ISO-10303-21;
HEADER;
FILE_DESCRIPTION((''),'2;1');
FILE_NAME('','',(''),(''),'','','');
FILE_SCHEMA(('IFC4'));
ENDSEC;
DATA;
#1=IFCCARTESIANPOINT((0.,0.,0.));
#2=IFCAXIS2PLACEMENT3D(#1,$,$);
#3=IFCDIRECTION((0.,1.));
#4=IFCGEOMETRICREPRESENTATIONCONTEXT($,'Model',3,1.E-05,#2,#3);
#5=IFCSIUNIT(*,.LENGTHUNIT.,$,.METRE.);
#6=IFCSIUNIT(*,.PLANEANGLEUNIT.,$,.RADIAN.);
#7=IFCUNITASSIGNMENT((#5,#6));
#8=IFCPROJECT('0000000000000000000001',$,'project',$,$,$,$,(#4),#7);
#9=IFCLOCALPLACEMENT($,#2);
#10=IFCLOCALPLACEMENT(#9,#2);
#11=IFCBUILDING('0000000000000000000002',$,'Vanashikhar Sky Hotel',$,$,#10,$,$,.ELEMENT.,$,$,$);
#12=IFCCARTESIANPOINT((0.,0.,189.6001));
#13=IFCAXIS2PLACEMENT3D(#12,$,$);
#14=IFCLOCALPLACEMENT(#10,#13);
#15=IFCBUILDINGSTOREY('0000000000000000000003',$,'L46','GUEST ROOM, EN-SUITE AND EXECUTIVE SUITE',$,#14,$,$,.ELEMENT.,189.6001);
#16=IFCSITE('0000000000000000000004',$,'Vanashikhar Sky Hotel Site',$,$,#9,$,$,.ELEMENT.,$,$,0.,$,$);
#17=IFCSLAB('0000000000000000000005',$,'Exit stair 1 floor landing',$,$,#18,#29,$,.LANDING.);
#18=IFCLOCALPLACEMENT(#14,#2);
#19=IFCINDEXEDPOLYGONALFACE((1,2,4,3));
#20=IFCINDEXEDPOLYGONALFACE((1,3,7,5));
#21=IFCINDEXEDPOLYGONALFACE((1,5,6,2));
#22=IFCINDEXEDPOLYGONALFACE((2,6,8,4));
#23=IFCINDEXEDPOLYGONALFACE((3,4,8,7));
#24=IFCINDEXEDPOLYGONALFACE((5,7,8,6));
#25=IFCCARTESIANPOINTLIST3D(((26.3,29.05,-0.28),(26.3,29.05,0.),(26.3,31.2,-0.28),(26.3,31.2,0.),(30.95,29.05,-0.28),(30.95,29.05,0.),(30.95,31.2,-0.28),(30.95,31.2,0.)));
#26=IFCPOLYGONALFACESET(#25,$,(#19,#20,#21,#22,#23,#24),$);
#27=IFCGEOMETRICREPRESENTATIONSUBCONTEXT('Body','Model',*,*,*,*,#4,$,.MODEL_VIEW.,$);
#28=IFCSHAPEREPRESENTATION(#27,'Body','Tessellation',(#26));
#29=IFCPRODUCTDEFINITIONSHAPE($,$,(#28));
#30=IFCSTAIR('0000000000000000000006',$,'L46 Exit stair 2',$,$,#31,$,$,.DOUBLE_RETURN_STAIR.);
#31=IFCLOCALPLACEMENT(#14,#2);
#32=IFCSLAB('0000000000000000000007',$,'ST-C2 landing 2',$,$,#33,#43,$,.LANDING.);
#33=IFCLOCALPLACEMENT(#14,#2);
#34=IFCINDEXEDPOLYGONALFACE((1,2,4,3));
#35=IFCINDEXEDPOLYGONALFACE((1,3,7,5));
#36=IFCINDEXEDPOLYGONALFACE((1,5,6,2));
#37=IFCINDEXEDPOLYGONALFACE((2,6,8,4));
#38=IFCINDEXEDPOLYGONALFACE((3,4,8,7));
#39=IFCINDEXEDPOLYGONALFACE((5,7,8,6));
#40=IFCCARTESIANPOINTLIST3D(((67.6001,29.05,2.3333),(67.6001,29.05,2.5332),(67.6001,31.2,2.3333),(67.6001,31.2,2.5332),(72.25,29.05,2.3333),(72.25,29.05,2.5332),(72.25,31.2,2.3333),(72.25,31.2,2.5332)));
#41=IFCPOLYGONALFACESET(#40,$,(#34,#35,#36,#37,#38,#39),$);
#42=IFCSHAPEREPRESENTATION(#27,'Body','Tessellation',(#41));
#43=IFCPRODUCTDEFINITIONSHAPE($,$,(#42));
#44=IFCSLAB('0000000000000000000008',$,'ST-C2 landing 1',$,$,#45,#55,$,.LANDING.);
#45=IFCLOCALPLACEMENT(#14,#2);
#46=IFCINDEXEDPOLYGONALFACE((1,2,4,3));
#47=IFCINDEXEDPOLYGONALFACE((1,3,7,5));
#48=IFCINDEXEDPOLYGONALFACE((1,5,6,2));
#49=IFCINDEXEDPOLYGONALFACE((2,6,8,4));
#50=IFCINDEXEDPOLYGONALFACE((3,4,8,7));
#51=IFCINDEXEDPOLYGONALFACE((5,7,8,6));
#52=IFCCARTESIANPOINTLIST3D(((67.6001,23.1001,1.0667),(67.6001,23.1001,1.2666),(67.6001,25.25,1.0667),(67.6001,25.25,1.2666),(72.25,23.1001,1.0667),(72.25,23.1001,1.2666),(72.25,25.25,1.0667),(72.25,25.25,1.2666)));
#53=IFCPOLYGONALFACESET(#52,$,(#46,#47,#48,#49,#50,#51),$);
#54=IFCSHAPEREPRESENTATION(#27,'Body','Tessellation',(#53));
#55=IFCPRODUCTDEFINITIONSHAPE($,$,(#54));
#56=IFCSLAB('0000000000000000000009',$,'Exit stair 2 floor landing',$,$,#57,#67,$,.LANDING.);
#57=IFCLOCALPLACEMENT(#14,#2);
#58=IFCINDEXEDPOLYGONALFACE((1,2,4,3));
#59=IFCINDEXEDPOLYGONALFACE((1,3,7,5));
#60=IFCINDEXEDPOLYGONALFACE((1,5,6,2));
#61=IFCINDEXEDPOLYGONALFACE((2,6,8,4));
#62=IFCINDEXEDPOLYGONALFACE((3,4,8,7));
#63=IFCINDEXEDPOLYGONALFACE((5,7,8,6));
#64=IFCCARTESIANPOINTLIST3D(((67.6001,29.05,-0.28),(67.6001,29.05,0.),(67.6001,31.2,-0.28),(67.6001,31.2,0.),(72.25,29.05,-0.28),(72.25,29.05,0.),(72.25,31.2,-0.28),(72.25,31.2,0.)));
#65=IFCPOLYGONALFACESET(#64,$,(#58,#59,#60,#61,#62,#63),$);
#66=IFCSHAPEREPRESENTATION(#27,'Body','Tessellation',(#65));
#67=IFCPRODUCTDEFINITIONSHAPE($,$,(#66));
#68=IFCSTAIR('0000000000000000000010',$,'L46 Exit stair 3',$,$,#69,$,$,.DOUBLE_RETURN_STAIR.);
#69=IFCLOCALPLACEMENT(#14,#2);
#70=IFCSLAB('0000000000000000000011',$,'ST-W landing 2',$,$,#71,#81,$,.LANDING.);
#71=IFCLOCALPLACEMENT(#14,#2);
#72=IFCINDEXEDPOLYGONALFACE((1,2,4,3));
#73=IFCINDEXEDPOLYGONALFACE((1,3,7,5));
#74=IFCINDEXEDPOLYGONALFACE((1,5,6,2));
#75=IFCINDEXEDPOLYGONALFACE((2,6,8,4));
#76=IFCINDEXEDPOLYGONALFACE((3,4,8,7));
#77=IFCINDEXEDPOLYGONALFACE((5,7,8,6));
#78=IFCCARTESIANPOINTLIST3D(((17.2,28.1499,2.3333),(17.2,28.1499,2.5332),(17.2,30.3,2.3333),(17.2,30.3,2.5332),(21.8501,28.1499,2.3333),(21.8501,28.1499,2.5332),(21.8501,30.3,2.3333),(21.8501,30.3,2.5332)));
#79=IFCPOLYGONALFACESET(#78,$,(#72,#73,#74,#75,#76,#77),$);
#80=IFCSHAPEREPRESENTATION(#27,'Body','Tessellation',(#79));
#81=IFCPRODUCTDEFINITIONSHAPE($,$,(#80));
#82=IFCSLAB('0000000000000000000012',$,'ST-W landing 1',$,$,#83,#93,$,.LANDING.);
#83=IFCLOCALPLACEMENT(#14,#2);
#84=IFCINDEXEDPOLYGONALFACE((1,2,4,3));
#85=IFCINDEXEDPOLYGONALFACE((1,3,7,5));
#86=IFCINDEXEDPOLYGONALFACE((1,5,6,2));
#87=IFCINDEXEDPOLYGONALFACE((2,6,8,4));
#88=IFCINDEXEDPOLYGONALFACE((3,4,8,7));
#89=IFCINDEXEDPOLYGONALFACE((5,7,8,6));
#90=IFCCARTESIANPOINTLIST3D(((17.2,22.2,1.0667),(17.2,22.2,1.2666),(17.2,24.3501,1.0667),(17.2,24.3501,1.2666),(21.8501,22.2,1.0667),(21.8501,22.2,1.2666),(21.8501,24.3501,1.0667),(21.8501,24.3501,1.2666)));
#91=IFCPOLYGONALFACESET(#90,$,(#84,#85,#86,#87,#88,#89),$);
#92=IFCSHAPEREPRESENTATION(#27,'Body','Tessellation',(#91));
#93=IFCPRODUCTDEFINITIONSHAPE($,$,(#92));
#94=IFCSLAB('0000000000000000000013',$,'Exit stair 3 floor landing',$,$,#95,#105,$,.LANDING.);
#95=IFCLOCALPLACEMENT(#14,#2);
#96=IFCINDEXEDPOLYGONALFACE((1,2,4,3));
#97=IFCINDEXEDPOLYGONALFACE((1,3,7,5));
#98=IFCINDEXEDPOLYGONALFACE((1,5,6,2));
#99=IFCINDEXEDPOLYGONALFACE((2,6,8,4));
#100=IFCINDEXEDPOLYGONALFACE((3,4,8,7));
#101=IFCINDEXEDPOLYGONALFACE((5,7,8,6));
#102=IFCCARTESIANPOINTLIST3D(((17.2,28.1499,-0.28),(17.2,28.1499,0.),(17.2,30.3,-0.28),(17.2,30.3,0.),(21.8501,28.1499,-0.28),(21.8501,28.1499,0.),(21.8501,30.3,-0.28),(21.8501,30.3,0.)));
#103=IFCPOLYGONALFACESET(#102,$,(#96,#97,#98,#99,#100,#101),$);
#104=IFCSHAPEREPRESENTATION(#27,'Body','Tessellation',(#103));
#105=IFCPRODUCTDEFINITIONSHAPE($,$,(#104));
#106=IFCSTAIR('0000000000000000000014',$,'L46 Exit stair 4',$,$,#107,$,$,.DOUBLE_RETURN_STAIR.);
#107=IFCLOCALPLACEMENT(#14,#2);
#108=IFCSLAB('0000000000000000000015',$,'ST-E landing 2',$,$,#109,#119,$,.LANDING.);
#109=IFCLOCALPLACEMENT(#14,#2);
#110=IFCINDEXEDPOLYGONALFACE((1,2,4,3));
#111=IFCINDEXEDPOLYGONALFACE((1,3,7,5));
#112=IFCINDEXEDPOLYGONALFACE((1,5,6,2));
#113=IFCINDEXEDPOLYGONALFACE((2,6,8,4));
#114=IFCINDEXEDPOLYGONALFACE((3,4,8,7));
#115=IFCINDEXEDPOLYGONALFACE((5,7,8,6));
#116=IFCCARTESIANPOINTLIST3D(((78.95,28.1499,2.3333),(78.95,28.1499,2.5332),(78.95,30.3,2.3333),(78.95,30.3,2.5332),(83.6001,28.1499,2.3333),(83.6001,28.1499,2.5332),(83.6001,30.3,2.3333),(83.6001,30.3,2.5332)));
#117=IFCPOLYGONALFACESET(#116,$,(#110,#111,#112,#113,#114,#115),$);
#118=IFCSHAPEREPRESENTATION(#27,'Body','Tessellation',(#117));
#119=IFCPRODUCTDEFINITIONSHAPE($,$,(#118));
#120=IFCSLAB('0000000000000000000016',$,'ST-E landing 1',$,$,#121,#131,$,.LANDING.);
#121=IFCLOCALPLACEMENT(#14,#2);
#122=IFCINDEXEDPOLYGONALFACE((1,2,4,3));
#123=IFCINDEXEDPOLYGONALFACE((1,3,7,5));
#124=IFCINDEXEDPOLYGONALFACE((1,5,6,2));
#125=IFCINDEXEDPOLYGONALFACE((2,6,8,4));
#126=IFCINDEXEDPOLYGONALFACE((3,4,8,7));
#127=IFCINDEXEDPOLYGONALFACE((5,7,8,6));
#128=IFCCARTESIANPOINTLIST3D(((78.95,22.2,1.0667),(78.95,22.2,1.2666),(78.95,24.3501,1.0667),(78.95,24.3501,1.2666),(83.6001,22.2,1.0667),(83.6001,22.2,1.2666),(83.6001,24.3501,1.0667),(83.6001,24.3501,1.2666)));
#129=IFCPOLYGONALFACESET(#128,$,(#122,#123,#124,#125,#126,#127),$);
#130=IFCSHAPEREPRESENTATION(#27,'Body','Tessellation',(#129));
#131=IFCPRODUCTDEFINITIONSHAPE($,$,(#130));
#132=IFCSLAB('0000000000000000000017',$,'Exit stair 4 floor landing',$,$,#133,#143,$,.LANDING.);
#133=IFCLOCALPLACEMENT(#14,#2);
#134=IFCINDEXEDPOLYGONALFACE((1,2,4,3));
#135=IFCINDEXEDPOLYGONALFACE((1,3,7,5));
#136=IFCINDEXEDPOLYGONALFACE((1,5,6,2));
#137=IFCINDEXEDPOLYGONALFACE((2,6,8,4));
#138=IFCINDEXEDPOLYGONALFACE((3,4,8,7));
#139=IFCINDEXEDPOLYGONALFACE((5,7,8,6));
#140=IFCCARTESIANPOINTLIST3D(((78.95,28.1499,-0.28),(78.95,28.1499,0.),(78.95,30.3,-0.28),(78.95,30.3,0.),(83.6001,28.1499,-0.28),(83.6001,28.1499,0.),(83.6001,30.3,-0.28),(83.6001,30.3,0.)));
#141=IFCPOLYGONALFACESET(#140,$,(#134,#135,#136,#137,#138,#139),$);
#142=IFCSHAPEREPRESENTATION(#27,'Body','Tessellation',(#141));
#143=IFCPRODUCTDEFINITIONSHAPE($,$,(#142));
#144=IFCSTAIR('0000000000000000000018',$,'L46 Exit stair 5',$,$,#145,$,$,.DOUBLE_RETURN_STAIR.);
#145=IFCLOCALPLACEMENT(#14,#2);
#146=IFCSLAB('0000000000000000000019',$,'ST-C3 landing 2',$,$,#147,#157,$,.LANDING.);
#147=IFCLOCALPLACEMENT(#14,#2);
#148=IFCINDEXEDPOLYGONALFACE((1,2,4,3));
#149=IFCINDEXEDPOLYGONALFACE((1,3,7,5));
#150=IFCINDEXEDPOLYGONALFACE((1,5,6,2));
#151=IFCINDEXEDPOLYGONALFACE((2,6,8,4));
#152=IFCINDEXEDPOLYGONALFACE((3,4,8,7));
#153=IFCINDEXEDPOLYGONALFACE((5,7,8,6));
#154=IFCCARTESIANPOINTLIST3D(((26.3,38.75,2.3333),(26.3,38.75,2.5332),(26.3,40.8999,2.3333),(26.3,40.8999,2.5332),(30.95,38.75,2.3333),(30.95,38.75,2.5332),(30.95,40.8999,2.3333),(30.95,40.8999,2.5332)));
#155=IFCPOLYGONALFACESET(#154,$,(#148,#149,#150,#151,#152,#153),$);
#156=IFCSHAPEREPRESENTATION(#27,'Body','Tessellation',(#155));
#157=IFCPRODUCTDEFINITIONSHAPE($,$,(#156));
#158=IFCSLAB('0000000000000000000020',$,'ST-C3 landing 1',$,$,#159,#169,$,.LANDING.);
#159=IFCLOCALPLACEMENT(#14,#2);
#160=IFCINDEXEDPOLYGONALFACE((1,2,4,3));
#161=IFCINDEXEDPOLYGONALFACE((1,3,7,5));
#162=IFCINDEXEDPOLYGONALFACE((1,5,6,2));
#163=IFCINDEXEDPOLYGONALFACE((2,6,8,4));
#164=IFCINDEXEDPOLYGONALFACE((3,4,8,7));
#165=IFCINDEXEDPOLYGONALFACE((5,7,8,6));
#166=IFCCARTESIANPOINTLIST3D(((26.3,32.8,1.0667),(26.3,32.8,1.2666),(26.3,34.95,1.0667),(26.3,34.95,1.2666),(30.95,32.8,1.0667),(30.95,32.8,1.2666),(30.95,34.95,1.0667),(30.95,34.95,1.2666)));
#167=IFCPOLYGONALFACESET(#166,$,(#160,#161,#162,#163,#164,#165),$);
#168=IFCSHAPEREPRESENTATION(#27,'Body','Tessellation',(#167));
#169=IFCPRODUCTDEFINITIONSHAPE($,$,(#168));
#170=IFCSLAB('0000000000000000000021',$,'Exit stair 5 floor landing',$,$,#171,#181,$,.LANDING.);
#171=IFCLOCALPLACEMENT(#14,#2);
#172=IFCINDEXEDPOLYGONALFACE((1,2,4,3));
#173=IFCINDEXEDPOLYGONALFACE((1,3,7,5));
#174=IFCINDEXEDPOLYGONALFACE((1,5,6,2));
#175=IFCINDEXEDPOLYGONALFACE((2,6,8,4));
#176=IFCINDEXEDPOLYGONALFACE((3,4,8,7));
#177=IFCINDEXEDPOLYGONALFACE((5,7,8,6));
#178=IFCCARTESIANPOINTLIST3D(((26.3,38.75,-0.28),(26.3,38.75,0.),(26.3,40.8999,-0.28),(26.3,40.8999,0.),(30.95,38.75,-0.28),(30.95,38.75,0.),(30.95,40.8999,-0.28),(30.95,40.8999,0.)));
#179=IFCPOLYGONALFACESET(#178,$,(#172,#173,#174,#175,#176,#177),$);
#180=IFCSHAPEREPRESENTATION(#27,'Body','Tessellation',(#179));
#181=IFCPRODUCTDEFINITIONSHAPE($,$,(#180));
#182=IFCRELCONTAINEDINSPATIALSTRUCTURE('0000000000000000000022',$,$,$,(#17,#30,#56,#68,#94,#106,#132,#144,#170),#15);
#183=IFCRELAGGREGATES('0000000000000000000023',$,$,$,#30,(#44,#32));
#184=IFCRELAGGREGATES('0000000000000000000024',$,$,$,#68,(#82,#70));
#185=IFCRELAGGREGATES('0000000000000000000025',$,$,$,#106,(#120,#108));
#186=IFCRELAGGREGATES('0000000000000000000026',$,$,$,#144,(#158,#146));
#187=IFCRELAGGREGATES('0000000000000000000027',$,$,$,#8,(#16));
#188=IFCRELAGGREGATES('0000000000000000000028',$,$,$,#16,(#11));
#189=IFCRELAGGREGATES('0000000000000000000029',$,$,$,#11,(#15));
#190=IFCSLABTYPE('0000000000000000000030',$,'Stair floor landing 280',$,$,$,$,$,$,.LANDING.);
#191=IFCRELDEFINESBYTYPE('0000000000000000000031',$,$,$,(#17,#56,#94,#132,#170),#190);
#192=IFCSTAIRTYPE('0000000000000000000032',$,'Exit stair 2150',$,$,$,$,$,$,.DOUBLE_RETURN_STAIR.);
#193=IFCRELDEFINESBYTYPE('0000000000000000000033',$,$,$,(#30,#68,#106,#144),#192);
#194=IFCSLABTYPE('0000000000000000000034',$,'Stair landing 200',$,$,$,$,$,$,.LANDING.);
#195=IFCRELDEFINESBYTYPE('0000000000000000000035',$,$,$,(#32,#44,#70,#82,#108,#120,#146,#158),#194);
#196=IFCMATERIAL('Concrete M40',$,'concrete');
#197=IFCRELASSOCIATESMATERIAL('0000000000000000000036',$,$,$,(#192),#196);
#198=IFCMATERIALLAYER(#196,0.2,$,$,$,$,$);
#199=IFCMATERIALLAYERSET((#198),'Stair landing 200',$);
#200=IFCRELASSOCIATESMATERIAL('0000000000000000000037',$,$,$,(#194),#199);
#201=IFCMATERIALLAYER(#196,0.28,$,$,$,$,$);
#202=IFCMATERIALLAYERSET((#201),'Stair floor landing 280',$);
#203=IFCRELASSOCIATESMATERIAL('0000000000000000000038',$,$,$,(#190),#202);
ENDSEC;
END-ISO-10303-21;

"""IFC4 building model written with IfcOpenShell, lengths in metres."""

from ifc_helpers import new_model, si_unit, direction, frame, origin, place, context, subcontext, project, spatial, polyline, outline, extrude, source, transform, mapped, material, layer, layer_set, type_object, element, aggregate, save


model = new_model("IFC4")

# Units and contexts
model_context = context("Model", 3, precision=1e-05, world=origin(), true_north=direction((0.0, 1.0)))
body_context = subcontext(model_context, "Body", "Model", "MODEL_VIEW")
ifc_project = project(units=[si_unit("LENGTHUNIT", "METRE"), si_unit("PLANEANGLEUNIT", "RADIAN")], contexts=[model_context])

# Site, building, storey
site_placement = place(None, origin())
site = spatial("IfcSite", under=ifc_project, at=site_placement, Name="Vanashikhar Sky Hotel Site", CompositionType="ELEMENT", RefElevation=0.0)
building_placement = place(site_placement, origin())
building = spatial("IfcBuilding", under=site, at=building_placement, Name="Vanashikhar Sky Hotel", CompositionType="ELEMENT")
storey_placement = place(building_placement, frame((0.0, 0.0, 189.6001)))
storey = spatial("IfcBuildingStorey", under=building, at=storey_placement, Name="L46", Description="GUEST ROOM, EN-SUITE AND EXECUTIVE SUITE", CompositionType="ELEMENT", Elevation=189.6001)

# Shared definitions
ifc_material = material(Name="Concrete M40", Category="concrete")

# Shared definitions
stair_type = type_object("IfcStairType", Name="Exit stair 2150", PredefinedType="DOUBLE_RETURN_STAIR", material=ifc_material)
ifc_layer_1 = layer(ifc_material, 0.2)
ifc_layer_set_1 = layer_set([ifc_layer_1], Name="Stair landing 200")
slab_type_1 = type_object("IfcSlabType", Name="Stair landing 200", PredefinedType="LANDING", material=ifc_layer_set_1)

# Slab
ifc_layer_2 = layer(ifc_material, 0.28)
ifc_layer_set_2 = layer_set([ifc_layer_2], Name="Stair floor landing 280")
slab_type_2 = type_object("IfcSlabType", Name="Stair floor landing 280", PredefinedType="LANDING", material=ifc_layer_set_2)
shared_shape_1 = source(origin(), body_context, "Body", "SweptSolid", [
    extrude(outline(polyline([(30.95, 29.05), (30.95, 31.2), (26.3, 31.2), (26.3, 29.05), (30.95, 29.05)])), origin(), (0.0, 0.0, 1.0), 0.28),
])
slab_1_placement = place(storey_placement, frame((0.0, 0.0, -0.28)))
element("IfcSlab", 1, at=slab_1_placement, inside=storey, type_object=slab_type_2, Name="Exit stair 1 floor landing", PredefinedType="LANDING", context=body_context, shape_type="MappedRepresentation", body=[
    mapped(shared_shape_1, transform((0.0, 0.0, 0.0), scale=1.0)),
])

# Stair, slabs
stair_1_placement = place(storey_placement, origin())
stair_1 = element("IfcStair", 2, at=stair_1_placement, inside=storey, type_object=stair_type, Name="L46 Exit stair 2", PredefinedType="DOUBLE_RETURN_STAIR")
shared_shape_2 = source(origin(), body_context, "Body", "SweptSolid", [
    extrude(outline(polyline([(72.25, 29.05), (72.25, 31.2), (67.6001, 31.2), (67.6001, 29.05), (72.25, 29.05)])), origin(), (0.0, 0.0, 1.0), 0.2),
])
slab_2_placement = place(storey_placement, frame((0.0, 0.0, 2.3333)))
slab_2 = element("IfcSlab", 3, at=slab_2_placement, type_object=slab_type_1, Name="ST-C2 landing 2", PredefinedType="LANDING", context=body_context, shape_type="MappedRepresentation", body=[
    mapped(shared_shape_2, transform((0.0, 0.0, 0.0), scale=1.0)),
])
shared_shape_3 = source(origin(), body_context, "Body", "SweptSolid", [
    extrude(outline(polyline([(72.25, 23.1001), (72.25, 25.25), (67.6001, 25.25), (67.6001, 23.1001), (72.25, 23.1001)])), origin(), (0.0, 0.0, 1.0), 0.2),
])
slab_3_placement = place(storey_placement, frame((0.0, 0.0, 1.0667)))
slab_3 = element("IfcSlab", 4, at=slab_3_placement, type_object=slab_type_1, Name="ST-C2 landing 1", PredefinedType="LANDING", context=body_context, shape_type="MappedRepresentation", body=[
    mapped(shared_shape_3, transform((0.0, 0.0, 0.0), scale=1.0)),
])
aggregate(stair_1, [slab_3, slab_2])

# Slab
shared_shape_4 = source(origin(), body_context, "Body", "SweptSolid", [
    extrude(outline(polyline([(72.25, 29.05), (72.25, 31.2), (67.6001, 31.2), (67.6001, 29.05), (72.25, 29.05)])), origin(), (0.0, 0.0, 1.0), 0.28),
])
slab_4_placement = place(storey_placement, frame((0.0, 0.0, -0.28)))
element("IfcSlab", 5, at=slab_4_placement, inside=storey, type_object=slab_type_2, Name="Exit stair 2 floor landing", PredefinedType="LANDING", context=body_context, shape_type="MappedRepresentation", body=[
    mapped(shared_shape_4, transform((0.0, 0.0, 0.0), scale=1.0)),
])

# Stair, slabs
stair_2_placement = place(storey_placement, origin())
stair_2 = element("IfcStair", 6, at=stair_2_placement, inside=storey, type_object=stair_type, Name="L46 Exit stair 3", PredefinedType="DOUBLE_RETURN_STAIR")
shared_shape_5 = source(origin(), body_context, "Body", "SweptSolid", [
    extrude(outline(polyline([(21.8501, 28.1499), (21.8501, 30.3), (17.2, 30.3), (17.2, 28.1499), (21.8501, 28.1499)])), origin(), (0.0, 0.0, 1.0), 0.2),
])
slab_5_placement = place(storey_placement, frame((0.0, 0.0, 2.3333)))
slab_5 = element("IfcSlab", 7, at=slab_5_placement, type_object=slab_type_1, Name="ST-W landing 2", PredefinedType="LANDING", context=body_context, shape_type="MappedRepresentation", body=[
    mapped(shared_shape_5, transform((0.0, 0.0, 0.0), scale=1.0)),
])
shared_shape_6 = source(origin(), body_context, "Body", "SweptSolid", [
    extrude(outline(polyline([(21.8501, 22.2), (21.8501, 24.3501), (17.2, 24.3501), (17.2, 22.2), (21.8501, 22.2)])), origin(), (0.0, 0.0, 1.0), 0.2),
])
slab_6_placement = place(storey_placement, frame((0.0, 0.0, 1.0667)))
slab_6 = element("IfcSlab", 8, at=slab_6_placement, type_object=slab_type_1, Name="ST-W landing 1", PredefinedType="LANDING", context=body_context, shape_type="MappedRepresentation", body=[
    mapped(shared_shape_6, transform((0.0, 0.0, 0.0), scale=1.0)),
])
aggregate(stair_2, [slab_6, slab_5])

# Slab
shared_shape_7 = source(origin(), body_context, "Body", "SweptSolid", [
    extrude(outline(polyline([(21.8501, 28.1499), (21.8501, 30.3), (17.2, 30.3), (17.2, 28.1499), (21.8501, 28.1499)])), origin(), (0.0, 0.0, 1.0), 0.28),
])
slab_7_placement = place(storey_placement, frame((0.0, 0.0, -0.28)))
element("IfcSlab", 9, at=slab_7_placement, inside=storey, type_object=slab_type_2, Name="Exit stair 3 floor landing", PredefinedType="LANDING", context=body_context, shape_type="MappedRepresentation", body=[
    mapped(shared_shape_7, transform((0.0, 0.0, 0.0), scale=1.0)),
])

# Stair, slabs
stair_3_placement = place(storey_placement, origin())
stair_3 = element("IfcStair", 10, at=stair_3_placement, inside=storey, type_object=stair_type, Name="L46 Exit stair 4", PredefinedType="DOUBLE_RETURN_STAIR")
shared_shape_8 = source(origin(), body_context, "Body", "SweptSolid", [
    extrude(outline(polyline([(83.6001, 28.1499), (83.6001, 30.3), (78.95, 30.3), (78.95, 28.1499), (83.6001, 28.1499)])), origin(), (0.0, 0.0, 1.0), 0.2),
])
slab_8_placement = place(storey_placement, frame((0.0, 0.0, 2.3333)))
slab_8 = element("IfcSlab", 11, at=slab_8_placement, type_object=slab_type_1, Name="ST-E landing 2", PredefinedType="LANDING", context=body_context, shape_type="MappedRepresentation", body=[
    mapped(shared_shape_8, transform((0.0, 0.0, 0.0), scale=1.0)),
])
shared_shape_9 = source(origin(), body_context, "Body", "SweptSolid", [
    extrude(outline(polyline([(83.6001, 22.2), (83.6001, 24.3501), (78.95, 24.3501), (78.95, 22.2), (83.6001, 22.2)])), origin(), (0.0, 0.0, 1.0), 0.2),
])
slab_9_placement = place(storey_placement, frame((0.0, 0.0, 1.0667)))
slab_9 = element("IfcSlab", 12, at=slab_9_placement, type_object=slab_type_1, Name="ST-E landing 1", PredefinedType="LANDING", context=body_context, shape_type="MappedRepresentation", body=[
    mapped(shared_shape_9, transform((0.0, 0.0, 0.0), scale=1.0)),
])
aggregate(stair_3, [slab_9, slab_8])

# Slab
shared_shape_10 = source(origin(), body_context, "Body", "SweptSolid", [
    extrude(outline(polyline([(83.6001, 28.1499), (83.6001, 30.3), (78.95, 30.3), (78.95, 28.1499), (83.6001, 28.1499)])), origin(), (0.0, 0.0, 1.0), 0.28),
])
slab_10_placement = place(storey_placement, frame((0.0, 0.0, -0.28)))
element("IfcSlab", 13, at=slab_10_placement, inside=storey, type_object=slab_type_2, Name="Exit stair 4 floor landing", PredefinedType="LANDING", context=body_context, shape_type="MappedRepresentation", body=[
    mapped(shared_shape_10, transform((0.0, 0.0, 0.0), scale=1.0)),
])

# Stair, slabs
stair_4_placement = place(storey_placement, origin())
stair_4 = element("IfcStair", 14, at=stair_4_placement, inside=storey, type_object=stair_type, Name="L46 Exit stair 5", PredefinedType="DOUBLE_RETURN_STAIR")
shared_shape_11 = source(origin(), body_context, "Body", "SweptSolid", [
    extrude(outline(polyline([(30.95, 38.75), (30.95, 40.8999), (26.3, 40.8999), (26.3, 38.75), (30.95, 38.75)])), origin(), (0.0, 0.0, 1.0), 0.2),
])
slab_11_placement = place(storey_placement, frame((0.0, 0.0, 2.3333)))
slab_11 = element("IfcSlab", 15, at=slab_11_placement, type_object=slab_type_1, Name="ST-C3 landing 2", PredefinedType="LANDING", context=body_context, shape_type="MappedRepresentation", body=[
    mapped(shared_shape_11, transform((0.0, 0.0, 0.0), scale=1.0)),
])
shared_shape_12 = source(origin(), body_context, "Body", "SweptSolid", [
    extrude(outline(polyline([(30.95, 32.8), (30.95, 34.95), (26.3, 34.95), (26.3, 32.8), (30.95, 32.8)])), origin(), (0.0, 0.0, 1.0), 0.2),
])
slab_12_placement = place(storey_placement, frame((0.0, 0.0, 1.0667)))
slab_12 = element("IfcSlab", 16, at=slab_12_placement, type_object=slab_type_1, Name="ST-C3 landing 1", PredefinedType="LANDING", context=body_context, shape_type="MappedRepresentation", body=[
    mapped(shared_shape_12, transform((0.0, 0.0, 0.0), scale=1.0)),
])
aggregate(stair_4, [slab_12, slab_11])

# Slab
shared_shape_13 = source(origin(), body_context, "Body", "SweptSolid", [
    extrude(outline(polyline([(30.95, 38.75), (30.95, 40.8999), (26.3, 40.8999), (26.3, 38.75), (30.95, 38.75)])), origin(), (0.0, 0.0, 1.0), 0.28),
])
slab_13_placement = place(storey_placement, frame((0.0, 0.0, -0.28)))
element("IfcSlab", 17, at=slab_13_placement, inside=storey, type_object=slab_type_2, Name="Exit stair 5 floor landing", PredefinedType="LANDING", context=body_context, shape_type="MappedRepresentation", body=[
    mapped(shared_shape_13, transform((0.0, 0.0, 0.0), scale=1.0)),
])

save(model, "model.ifc")
